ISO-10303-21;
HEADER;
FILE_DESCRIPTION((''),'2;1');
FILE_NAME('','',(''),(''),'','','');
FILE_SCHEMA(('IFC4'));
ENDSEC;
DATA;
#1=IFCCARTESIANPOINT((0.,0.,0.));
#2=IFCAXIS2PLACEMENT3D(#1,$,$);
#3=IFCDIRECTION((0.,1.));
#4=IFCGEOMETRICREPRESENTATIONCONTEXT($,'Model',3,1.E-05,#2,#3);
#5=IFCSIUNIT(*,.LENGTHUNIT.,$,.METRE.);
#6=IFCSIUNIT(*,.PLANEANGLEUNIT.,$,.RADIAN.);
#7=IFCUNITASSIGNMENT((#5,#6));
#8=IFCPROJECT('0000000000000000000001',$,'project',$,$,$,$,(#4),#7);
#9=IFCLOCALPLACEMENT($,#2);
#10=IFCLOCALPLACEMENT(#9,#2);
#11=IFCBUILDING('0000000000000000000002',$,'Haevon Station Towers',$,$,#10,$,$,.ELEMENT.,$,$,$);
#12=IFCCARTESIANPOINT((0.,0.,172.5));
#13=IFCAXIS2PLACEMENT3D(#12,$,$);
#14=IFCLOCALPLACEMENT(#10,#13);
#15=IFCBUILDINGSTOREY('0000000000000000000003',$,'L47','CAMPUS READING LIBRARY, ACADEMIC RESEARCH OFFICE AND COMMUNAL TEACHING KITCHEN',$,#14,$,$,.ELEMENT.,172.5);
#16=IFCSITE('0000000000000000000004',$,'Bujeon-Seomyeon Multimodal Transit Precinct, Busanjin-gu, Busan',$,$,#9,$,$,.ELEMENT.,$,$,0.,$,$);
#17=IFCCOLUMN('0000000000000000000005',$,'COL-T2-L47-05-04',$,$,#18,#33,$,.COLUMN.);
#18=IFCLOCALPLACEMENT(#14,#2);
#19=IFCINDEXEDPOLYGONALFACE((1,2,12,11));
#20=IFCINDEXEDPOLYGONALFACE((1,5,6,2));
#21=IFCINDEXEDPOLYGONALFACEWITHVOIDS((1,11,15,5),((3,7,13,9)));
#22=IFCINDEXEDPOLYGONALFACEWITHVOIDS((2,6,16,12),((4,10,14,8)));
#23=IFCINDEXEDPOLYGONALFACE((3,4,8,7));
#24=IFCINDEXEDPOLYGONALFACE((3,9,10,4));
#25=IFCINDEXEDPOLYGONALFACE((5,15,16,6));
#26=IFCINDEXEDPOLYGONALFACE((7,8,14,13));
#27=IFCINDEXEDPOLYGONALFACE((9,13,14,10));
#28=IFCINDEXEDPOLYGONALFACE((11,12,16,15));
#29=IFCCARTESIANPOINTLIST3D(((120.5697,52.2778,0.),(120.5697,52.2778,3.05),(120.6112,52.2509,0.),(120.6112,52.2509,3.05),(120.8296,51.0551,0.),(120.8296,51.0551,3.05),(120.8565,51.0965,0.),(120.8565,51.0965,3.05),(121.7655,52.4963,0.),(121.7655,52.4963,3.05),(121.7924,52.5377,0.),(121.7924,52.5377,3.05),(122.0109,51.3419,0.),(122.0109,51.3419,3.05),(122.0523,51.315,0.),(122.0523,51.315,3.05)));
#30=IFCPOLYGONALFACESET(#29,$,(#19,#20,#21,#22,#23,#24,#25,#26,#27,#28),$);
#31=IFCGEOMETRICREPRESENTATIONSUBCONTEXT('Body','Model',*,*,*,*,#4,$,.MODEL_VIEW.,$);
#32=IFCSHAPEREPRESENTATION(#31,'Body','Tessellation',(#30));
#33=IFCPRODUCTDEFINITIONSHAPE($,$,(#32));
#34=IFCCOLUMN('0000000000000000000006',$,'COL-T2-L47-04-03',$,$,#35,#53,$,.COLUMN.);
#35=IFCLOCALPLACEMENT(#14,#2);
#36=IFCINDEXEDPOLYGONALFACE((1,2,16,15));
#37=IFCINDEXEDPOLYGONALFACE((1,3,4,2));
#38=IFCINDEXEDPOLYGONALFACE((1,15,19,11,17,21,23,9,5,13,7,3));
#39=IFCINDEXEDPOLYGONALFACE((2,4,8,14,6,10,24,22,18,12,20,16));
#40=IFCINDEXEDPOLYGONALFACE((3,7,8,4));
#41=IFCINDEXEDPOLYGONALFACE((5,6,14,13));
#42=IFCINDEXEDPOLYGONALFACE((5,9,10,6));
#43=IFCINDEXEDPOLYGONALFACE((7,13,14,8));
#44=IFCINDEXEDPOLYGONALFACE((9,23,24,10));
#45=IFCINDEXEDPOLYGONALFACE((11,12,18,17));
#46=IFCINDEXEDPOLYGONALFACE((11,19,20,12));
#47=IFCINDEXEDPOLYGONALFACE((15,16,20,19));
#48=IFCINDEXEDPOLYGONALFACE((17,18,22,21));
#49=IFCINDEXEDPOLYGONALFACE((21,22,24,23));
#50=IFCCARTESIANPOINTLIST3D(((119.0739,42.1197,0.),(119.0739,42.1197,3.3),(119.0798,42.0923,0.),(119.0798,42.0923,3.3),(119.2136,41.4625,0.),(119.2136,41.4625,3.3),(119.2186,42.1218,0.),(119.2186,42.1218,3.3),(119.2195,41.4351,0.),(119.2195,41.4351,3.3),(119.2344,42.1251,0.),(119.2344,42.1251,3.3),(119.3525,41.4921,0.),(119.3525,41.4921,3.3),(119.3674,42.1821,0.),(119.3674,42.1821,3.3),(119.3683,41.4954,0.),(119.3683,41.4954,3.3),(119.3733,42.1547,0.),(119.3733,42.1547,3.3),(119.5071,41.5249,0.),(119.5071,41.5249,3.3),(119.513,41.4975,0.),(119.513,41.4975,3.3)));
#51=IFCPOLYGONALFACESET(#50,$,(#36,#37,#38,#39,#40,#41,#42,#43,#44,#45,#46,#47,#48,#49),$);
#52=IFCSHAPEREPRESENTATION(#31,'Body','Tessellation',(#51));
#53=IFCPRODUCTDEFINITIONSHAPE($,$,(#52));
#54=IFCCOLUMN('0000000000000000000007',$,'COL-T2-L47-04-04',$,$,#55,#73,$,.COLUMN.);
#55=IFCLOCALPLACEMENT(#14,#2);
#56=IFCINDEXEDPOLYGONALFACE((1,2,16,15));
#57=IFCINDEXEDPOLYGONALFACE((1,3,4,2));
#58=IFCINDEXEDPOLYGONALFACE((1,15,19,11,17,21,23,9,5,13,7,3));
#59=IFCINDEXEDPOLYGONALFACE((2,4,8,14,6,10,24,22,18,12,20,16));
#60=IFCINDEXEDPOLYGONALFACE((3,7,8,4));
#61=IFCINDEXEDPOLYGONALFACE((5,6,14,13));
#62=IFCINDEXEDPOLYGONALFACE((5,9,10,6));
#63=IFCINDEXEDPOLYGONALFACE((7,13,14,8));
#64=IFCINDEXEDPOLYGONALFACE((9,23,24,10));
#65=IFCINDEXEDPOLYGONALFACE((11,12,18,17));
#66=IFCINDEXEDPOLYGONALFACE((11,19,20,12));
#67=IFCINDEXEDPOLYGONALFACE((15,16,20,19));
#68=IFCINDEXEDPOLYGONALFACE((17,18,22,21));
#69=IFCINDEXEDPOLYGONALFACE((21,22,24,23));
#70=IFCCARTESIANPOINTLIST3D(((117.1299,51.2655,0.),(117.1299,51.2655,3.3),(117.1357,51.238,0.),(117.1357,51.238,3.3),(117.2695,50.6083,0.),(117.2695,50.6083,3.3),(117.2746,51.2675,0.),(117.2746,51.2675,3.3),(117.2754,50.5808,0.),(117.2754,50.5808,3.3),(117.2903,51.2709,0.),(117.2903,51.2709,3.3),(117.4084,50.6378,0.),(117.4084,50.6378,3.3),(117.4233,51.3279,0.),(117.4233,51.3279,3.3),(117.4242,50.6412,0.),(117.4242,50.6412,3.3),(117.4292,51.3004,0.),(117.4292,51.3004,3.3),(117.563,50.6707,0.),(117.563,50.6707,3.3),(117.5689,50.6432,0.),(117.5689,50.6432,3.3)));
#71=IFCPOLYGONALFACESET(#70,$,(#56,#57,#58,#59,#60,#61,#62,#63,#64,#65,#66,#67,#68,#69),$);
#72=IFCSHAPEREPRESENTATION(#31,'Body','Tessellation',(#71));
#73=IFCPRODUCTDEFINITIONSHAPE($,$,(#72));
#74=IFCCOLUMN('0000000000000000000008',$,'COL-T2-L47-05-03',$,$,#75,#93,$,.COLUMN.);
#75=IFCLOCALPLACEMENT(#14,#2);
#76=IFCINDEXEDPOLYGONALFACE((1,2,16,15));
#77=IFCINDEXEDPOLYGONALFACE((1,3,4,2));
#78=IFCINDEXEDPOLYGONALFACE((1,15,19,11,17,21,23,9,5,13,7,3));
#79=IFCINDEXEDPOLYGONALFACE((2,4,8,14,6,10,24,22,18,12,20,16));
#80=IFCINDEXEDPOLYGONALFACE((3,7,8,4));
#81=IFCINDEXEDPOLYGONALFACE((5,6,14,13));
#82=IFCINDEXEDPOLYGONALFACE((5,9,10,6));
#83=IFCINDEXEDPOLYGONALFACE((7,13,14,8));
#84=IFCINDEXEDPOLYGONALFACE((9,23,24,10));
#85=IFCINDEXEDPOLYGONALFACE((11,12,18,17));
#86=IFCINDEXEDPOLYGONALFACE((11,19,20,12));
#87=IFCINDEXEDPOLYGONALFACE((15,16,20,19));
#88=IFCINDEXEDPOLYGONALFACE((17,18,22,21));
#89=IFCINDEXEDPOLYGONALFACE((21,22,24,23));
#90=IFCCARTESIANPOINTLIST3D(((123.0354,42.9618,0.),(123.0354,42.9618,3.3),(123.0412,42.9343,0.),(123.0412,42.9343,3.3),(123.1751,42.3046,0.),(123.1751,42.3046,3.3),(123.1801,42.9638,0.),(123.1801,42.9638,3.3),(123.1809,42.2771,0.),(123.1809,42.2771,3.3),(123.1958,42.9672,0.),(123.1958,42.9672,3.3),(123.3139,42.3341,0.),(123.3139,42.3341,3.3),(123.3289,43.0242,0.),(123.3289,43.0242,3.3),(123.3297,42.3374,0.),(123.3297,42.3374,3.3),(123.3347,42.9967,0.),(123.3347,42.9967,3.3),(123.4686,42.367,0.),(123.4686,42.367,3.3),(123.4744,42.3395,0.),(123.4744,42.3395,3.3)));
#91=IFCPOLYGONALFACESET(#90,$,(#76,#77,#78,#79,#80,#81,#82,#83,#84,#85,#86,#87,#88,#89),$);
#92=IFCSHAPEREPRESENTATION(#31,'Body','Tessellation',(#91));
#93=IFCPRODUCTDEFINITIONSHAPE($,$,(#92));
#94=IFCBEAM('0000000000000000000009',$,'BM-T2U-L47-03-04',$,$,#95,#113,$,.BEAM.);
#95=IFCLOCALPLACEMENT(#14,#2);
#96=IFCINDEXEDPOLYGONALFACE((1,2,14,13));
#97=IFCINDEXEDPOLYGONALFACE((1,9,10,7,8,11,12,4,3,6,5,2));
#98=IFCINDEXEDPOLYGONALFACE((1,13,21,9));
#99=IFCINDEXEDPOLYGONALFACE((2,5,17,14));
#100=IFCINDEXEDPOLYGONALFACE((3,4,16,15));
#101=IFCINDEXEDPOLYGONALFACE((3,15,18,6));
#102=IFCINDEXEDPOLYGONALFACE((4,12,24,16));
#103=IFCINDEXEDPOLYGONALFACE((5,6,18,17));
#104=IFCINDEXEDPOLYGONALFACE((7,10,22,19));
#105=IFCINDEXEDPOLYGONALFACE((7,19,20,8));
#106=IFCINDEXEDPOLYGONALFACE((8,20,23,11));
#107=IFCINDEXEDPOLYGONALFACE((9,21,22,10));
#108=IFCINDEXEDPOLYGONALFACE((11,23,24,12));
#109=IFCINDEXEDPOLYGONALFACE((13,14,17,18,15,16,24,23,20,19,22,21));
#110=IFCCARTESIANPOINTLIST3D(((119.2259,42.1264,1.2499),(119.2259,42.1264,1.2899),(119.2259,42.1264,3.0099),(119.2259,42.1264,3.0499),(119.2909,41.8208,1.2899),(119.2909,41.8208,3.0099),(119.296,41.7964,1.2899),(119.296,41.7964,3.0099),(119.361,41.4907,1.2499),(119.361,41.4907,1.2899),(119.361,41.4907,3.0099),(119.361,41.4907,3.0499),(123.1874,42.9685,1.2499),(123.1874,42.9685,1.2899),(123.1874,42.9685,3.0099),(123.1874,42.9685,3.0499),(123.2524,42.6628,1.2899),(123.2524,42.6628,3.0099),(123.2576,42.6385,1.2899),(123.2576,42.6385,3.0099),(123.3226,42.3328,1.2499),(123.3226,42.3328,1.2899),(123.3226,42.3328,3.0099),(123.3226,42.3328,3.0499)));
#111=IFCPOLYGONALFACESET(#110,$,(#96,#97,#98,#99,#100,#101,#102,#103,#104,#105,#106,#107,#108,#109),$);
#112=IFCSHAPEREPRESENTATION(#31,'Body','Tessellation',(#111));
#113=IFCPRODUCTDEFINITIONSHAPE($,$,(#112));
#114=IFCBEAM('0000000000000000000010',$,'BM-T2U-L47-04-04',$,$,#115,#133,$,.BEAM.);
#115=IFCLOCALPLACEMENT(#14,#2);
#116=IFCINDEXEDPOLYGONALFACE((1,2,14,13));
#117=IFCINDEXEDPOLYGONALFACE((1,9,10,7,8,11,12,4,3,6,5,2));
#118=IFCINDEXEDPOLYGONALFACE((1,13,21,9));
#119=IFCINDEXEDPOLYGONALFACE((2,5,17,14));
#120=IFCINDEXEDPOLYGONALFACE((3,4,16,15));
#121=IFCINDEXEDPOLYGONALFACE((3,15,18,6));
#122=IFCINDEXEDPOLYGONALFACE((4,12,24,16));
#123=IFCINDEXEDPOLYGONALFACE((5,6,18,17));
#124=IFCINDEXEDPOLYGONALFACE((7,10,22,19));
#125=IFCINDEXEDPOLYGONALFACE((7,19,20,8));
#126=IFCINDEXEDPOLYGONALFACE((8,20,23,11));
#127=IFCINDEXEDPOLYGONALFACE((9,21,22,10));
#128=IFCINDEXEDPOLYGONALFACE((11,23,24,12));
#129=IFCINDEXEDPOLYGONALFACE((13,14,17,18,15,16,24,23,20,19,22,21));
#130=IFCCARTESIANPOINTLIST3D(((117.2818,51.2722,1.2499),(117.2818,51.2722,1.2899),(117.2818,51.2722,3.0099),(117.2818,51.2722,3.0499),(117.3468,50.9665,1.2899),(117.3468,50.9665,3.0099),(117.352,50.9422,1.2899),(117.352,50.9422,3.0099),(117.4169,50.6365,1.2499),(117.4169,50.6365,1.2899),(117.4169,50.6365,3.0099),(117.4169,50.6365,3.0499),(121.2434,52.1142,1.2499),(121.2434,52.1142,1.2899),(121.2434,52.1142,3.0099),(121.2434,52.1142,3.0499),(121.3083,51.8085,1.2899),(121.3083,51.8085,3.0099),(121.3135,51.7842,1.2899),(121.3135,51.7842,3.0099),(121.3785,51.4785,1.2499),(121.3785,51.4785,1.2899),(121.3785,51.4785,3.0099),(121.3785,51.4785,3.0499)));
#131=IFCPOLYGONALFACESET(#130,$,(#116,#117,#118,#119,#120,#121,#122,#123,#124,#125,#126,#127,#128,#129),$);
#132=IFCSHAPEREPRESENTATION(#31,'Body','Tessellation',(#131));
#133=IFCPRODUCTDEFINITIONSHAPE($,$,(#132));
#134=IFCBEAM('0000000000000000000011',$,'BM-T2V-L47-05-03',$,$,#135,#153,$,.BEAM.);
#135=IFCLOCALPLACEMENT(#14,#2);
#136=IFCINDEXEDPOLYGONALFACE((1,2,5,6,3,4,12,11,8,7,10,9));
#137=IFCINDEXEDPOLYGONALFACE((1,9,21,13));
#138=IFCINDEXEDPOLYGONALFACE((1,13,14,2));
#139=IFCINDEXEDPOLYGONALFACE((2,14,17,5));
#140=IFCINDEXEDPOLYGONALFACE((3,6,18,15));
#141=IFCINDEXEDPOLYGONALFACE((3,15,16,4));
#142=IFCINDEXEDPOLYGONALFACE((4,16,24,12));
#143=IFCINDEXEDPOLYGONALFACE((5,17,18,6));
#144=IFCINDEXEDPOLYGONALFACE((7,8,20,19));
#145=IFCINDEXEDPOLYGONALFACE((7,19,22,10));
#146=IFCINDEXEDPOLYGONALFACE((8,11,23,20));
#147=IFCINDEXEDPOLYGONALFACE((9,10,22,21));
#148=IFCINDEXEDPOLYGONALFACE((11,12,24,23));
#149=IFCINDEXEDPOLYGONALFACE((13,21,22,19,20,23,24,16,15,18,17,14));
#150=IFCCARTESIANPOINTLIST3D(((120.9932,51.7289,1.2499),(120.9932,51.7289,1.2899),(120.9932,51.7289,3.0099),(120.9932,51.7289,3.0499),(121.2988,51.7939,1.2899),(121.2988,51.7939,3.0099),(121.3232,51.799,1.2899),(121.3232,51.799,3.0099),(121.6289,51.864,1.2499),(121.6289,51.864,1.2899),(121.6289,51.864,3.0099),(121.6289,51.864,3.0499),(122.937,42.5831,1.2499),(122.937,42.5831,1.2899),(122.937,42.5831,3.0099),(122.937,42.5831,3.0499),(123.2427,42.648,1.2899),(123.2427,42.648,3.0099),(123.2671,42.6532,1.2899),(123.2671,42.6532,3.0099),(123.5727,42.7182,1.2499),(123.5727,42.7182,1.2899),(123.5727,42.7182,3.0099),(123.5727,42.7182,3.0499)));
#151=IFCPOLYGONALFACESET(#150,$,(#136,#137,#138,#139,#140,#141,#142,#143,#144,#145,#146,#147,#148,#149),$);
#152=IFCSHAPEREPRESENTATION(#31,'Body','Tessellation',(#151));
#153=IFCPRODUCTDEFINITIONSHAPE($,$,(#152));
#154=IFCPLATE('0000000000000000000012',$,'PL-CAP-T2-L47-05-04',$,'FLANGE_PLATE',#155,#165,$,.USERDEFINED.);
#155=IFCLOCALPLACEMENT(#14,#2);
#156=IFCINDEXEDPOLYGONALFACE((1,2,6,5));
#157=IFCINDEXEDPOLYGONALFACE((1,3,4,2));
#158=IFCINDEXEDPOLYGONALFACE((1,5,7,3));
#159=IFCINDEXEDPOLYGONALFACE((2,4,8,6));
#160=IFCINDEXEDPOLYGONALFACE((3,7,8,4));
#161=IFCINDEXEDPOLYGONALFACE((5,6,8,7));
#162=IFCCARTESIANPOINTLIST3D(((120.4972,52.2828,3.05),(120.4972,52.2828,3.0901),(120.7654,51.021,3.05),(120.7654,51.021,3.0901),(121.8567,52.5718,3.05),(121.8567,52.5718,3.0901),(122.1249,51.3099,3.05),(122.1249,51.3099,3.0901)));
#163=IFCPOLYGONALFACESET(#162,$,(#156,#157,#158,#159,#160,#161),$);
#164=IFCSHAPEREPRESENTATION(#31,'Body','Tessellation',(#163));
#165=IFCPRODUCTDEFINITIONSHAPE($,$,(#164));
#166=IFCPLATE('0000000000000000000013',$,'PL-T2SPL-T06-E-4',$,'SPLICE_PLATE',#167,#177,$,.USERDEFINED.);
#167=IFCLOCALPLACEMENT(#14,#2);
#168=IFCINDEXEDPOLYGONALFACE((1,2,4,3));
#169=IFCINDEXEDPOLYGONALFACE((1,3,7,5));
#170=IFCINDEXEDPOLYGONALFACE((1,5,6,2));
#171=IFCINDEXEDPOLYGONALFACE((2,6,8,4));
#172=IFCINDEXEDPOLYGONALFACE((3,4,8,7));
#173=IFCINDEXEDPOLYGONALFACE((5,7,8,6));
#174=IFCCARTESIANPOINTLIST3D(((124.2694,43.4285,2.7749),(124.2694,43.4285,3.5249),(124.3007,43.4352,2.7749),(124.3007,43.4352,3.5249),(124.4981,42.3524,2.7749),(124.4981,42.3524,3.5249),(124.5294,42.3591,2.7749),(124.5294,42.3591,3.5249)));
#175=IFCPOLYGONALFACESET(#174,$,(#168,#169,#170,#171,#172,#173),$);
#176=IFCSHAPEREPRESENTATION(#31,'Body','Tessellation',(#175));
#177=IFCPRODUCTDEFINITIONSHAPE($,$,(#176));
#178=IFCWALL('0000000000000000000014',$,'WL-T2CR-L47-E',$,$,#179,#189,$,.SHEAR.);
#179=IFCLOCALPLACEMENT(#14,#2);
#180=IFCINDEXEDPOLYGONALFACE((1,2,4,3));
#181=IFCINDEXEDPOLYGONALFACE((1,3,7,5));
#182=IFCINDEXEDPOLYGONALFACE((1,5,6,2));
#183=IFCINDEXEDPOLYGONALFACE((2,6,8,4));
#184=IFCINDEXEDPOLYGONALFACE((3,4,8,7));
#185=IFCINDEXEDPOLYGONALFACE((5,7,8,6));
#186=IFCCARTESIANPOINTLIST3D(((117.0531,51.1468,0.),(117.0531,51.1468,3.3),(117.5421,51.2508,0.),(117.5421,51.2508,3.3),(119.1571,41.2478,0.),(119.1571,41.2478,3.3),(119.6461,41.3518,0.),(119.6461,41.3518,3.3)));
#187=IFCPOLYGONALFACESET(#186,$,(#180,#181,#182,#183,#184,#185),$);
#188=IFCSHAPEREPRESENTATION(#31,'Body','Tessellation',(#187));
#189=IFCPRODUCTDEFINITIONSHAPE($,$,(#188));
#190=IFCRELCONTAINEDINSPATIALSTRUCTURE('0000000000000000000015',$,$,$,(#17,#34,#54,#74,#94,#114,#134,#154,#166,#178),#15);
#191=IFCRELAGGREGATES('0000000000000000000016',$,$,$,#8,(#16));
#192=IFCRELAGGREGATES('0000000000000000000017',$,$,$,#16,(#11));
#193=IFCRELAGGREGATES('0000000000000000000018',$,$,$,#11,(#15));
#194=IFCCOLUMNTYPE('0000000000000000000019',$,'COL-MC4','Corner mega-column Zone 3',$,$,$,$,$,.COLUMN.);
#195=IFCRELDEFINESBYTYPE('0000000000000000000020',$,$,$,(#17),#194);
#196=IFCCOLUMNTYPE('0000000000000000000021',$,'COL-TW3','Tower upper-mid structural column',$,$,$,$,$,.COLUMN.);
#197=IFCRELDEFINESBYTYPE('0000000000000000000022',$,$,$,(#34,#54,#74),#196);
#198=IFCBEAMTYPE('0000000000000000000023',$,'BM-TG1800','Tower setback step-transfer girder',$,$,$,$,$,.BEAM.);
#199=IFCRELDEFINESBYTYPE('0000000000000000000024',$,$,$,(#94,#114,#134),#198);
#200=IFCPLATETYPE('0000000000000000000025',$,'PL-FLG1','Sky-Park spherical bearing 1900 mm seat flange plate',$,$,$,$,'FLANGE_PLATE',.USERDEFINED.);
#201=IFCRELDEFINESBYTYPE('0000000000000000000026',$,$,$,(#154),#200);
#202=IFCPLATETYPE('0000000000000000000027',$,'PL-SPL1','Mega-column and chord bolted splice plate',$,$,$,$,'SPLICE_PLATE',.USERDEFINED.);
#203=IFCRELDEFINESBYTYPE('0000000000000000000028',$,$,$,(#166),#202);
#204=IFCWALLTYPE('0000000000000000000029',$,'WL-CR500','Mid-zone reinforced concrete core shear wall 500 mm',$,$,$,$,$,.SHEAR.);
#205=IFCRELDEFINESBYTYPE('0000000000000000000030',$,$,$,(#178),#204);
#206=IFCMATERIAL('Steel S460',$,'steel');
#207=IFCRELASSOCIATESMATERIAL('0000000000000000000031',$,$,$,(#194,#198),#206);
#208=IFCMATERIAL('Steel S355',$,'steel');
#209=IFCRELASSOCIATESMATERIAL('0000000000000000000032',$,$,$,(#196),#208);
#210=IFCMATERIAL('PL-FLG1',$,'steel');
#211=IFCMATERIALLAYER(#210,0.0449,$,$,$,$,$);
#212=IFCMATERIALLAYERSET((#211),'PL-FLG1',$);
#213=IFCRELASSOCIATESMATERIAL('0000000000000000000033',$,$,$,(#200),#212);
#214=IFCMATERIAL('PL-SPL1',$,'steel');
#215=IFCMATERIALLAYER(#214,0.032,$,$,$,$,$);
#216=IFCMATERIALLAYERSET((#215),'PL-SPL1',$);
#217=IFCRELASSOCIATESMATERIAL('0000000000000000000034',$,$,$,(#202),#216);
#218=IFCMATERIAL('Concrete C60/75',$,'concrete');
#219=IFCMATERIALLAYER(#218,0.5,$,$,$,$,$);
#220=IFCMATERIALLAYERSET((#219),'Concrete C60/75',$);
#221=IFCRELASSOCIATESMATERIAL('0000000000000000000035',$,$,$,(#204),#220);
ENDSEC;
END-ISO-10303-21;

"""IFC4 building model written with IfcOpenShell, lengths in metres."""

from ifc_helpers import new_model, si_unit, direction, frame, frame_2d, origin, origin_2d, place, context, subcontext, project, spatial, rectangle, hollow_rectangle, i_section, extrude, material, layer, layer_set, material_profile, profile_set, type_object, element, save


model = new_model("IFC4")

# Units and contexts
model_context = context("Model", 3, precision=1e-05, world=origin(), true_north=direction((0.0, 1.0)))
body_context = subcontext(model_context, "Body", "Model", "MODEL_VIEW")
ifc_project = project(units=[si_unit("LENGTHUNIT", "METRE"), si_unit("PLANEANGLEUNIT", "RADIAN")], contexts=[model_context])

# Site, building, storey
site_placement = place(None, origin())
site = spatial("IfcSite", under=ifc_project, at=site_placement, Name="Bujeon-Seomyeon Multimodal Transit Precinct, Busanjin-gu, Busan", CompositionType="ELEMENT", RefElevation=0.0)
building_placement = place(site_placement, origin())
building = spatial("IfcBuilding", under=site, at=building_placement, Name="Haevon Station Towers", CompositionType="ELEMENT")
storey_placement = place(building_placement, frame((0.0, 0.0, 172.5)))
storey = spatial("IfcBuildingStorey", under=building, at=storey_placement, Name="L47", Description="CAMPUS READING LIBRARY, ACADEMIC RESEARCH OFFICE AND COMMUNAL TEACHING KITCHEN", CompositionType="ELEMENT", Elevation=172.5)

# Columns
ifc_material_1 = material(Name="Steel S460", Category="steel")
ifc_material_profile_1 = material_profile(ifc_material_1, hollow_rectangle(XDim=1.25, YDim=1.25, WallThickness=0.0349, at=origin_2d()), Name="BOX-1250x1250x35")
ifc_profile_set_1 = profile_set([ifc_material_profile_1], Name="Steel S460")
column_type_1 = type_object("IfcColumnType", Name="COL-MC4", Description="Corner mega-column Zone 3", PredefinedType="COLUMN", material=ifc_profile_set_1)
column_placement = place(storey_placement, frame((121.311, 51.7964, 0.0), z_axis=(0.0, 0.0, 1.0), x_axis=(0.978148, 0.207912, 0.0)))
element("IfcColumn", 1, at=column_placement, inside=storey, type_object=column_type_1, Name="COL-T2-L47-05-04", PredefinedType="COLUMN", context=body_context, shape_type="SweptSolid", body=[
    extrude(hollow_rectangle(XDim=1.25, YDim=1.25, WallThickness=0.0349, at=origin_2d()), origin(), (0.0, 0.0, 1.0), 3.05),
])
ifc_material_2 = material(Name="Steel S355", Category="steel")
ifc_material_profile_2 = material_profile(ifc_material_2, i_section(OverallWidth=0.3, OverallDepth=0.7, WebThickness=0.0161, FlangeThickness=0.0281, at=origin_2d()), Name="H-700x300x16x28")
ifc_profile_set_2 = profile_set([ifc_material_profile_2], Name="Steel S355")
column_type_2 = type_object("IfcColumnType", Name="COL-TW3", Description="Tower upper-mid structural column", PredefinedType="COLUMN", material=ifc_profile_set_2)
for number, where, z_axis, x_axis, name in (
    (2, (119.2935, 41.8086, 0.0), (0.0, 0.0, 1.0), (0.978148, 0.207912, 0.0), "COL-T2-L47-04-03"),
    (3, (117.3494, 50.9543, 0.0), (0.0, 0.0, 1.0), (0.978148, 0.207912, 0.0), "COL-T2-L47-04-04"),
    (4, (123.2549, 42.6506, 0.0), (0.0, 0.0, 1.0), (0.978148, 0.207912, 0.0), "COL-T2-L47-05-03"),
):
    element("IfcColumn", number, at=place(storey_placement, frame(where, z_axis=z_axis, x_axis=x_axis)), inside=storey, type_object=column_type_2, Name=name, PredefinedType="COLUMN", context=body_context, shape_type="SweptSolid", body=[
        extrude(i_section(OverallWidth=0.3, OverallDepth=0.7, WebThickness=0.0161, FlangeThickness=0.0281, at=origin_2d()), origin(), (0.0, 0.0, 1.0), 3.3),
    ])

# Beams
ifc_material_profile_3 = material_profile(ifc_material_1, i_section(OverallWidth=0.6499, OverallDepth=1.8, WebThickness=0.0249, FlangeThickness=0.04, at=origin_2d()), Name="H-1800x650x25x40")
ifc_profile_set_3 = profile_set([ifc_material_profile_3], Name="Steel S460")
beam_type = type_object("IfcBeamType", Name="BM-TG1800", Description="Tower setback step-transfer girder", PredefinedType="BEAM", material=ifc_profile_set_3)
for number, where, z_axis, x_axis, name in (
    (5, (119.2935, 41.8086, 2.1499), (0.978147, 0.207915, 0.0), (-0.207915, 0.978147, 0.0), "BM-T2U-L47-03-04"),
    (6, (117.3494, 50.9543, 2.1499), (0.97815, 0.207903, 0.0), (-0.207903, 0.97815, 0.0), "BM-T2U-L47-04-04"),
):
    element("IfcBeam", number, at=place(storey_placement, frame(where, z_axis=z_axis, x_axis=x_axis)), inside=storey, type_object=beam_type, Name=name, PredefinedType="BEAM", context=body_context, shape_type="SweptSolid", body=[
        extrude(i_section(OverallWidth=0.6499, OverallDepth=1.8, WebThickness=0.0249, FlangeThickness=0.04, at=origin_2d()), origin(), (0.0, 0.0, 1.0), 4.05),
    ])
beam_placement = place(storey_placement, frame((123.2549, 42.6506, 2.1499), z_axis=(-0.207897, 0.978151, 0.0), x_axis=(-0.978151, -0.207897, 0.0)))
element("IfcBeam", 7, at=beam_placement, inside=storey, type_object=beam_type, Name="BM-T2V-L47-05-03", PredefinedType="BEAM", context=body_context, shape_type="SweptSolid", body=[
    extrude(i_section(OverallWidth=0.6499, OverallDepth=1.8, WebThickness=0.0249, FlangeThickness=0.04, at=origin_2d()), origin(), (0.0, 0.0, 1.0), 9.3501),
])

# Plates
ifc_material_3 = material(Name="PL-FLG1", Category="steel")
ifc_layer_1 = layer(ifc_material_3, 0.0449)
ifc_layer_set_1 = layer_set([ifc_layer_1], Name="PL-FLG1")
plate_type_1 = type_object("IfcPlateType", Name="PL-FLG1", Description="Sky-Park spherical bearing 1900 mm seat flange plate", ElementType="FLANGE_PLATE", PredefinedType="USERDEFINED", material=ifc_layer_set_1)
plate_1_placement = place(storey_placement, frame((121.311, 51.7964, 3.05), z_axis=(0.0, 0.0, 1.0), x_axis=(0.978148, 0.207912, 0.0)))
element("IfcPlate", 8, at=plate_1_placement, inside=storey, type_object=plate_type_1, Name="PL-CAP-T2-L47-05-04", ObjectType="FLANGE_PLATE", PredefinedType="USERDEFINED", context=body_context, shape_type="SweptSolid", body=[
    extrude(rectangle(XDim=1.3899, YDim=1.29, at=origin_2d()), origin(), (0.0, 0.0, 1.0), 0.04),
])
ifc_material_4 = material(Name="PL-SPL1", Category="steel")
ifc_layer_2 = layer(ifc_material_4, 0.032)
ifc_layer_set_2 = layer_set([ifc_layer_2], Name="PL-SPL1")
plate_type_2 = type_object("IfcPlateType", Name="PL-SPL1", Description="Mega-column and chord bolted splice plate", ElementType="SPLICE_PLATE", PredefinedType="USERDEFINED", material=ifc_layer_set_2)
plate_2_placement = place(storey_placement, frame((124.3994, 42.8938, 2.7749), z_axis=(0.0, 0.0, 1.0), x_axis=(-0.207912, 0.978148, 0.0)))
element("IfcPlate", 9, at=plate_2_placement, inside=storey, type_object=plate_type_2, Name="PL-T2SPL-T06-E-4", ObjectType="SPLICE_PLATE", PredefinedType="USERDEFINED", context=body_context, shape_type="SweptSolid", body=[
    extrude(rectangle(XDim=1.1001, YDim=0.032, at=origin_2d()), origin(), (0.0, 0.0, 1.0), 0.75),
])

# Wall
ifc_material_5 = material(Name="Concrete C60/75", Category="concrete")
ifc_layer_3 = layer(ifc_material_5, 0.5)
ifc_layer_set_3 = layer_set([ifc_layer_3], Name="Concrete C60/75")
wall_type_1 = type_object("IfcWallType", Name="WL-CR500", Description="Mid-zone reinforced concrete core shear wall 500 mm", PredefinedType="SHEAR", material=ifc_layer_set_3)
wall_1_placement = place(storey_placement, frame((119.4016, 41.2998, 0.0), z_axis=(0.0, 0.0, 1.0), x_axis=(-0.207904, 0.978149, 0.0)))
element("IfcWall", 10, at=wall_1_placement, inside=storey, type_object=wall_type_1, Name="WL-T2CR-L47-E", PredefinedType="SHEAR", context=body_context, shape_type="SweptSolid", body=[
    extrude(rectangle(XDim=10.1201, YDim=0.5, at=frame_2d((5.0601, 0.0))), origin(), (0.0, 0.0, 1.0), 3.3),
])

save(model, "model.ifc")
